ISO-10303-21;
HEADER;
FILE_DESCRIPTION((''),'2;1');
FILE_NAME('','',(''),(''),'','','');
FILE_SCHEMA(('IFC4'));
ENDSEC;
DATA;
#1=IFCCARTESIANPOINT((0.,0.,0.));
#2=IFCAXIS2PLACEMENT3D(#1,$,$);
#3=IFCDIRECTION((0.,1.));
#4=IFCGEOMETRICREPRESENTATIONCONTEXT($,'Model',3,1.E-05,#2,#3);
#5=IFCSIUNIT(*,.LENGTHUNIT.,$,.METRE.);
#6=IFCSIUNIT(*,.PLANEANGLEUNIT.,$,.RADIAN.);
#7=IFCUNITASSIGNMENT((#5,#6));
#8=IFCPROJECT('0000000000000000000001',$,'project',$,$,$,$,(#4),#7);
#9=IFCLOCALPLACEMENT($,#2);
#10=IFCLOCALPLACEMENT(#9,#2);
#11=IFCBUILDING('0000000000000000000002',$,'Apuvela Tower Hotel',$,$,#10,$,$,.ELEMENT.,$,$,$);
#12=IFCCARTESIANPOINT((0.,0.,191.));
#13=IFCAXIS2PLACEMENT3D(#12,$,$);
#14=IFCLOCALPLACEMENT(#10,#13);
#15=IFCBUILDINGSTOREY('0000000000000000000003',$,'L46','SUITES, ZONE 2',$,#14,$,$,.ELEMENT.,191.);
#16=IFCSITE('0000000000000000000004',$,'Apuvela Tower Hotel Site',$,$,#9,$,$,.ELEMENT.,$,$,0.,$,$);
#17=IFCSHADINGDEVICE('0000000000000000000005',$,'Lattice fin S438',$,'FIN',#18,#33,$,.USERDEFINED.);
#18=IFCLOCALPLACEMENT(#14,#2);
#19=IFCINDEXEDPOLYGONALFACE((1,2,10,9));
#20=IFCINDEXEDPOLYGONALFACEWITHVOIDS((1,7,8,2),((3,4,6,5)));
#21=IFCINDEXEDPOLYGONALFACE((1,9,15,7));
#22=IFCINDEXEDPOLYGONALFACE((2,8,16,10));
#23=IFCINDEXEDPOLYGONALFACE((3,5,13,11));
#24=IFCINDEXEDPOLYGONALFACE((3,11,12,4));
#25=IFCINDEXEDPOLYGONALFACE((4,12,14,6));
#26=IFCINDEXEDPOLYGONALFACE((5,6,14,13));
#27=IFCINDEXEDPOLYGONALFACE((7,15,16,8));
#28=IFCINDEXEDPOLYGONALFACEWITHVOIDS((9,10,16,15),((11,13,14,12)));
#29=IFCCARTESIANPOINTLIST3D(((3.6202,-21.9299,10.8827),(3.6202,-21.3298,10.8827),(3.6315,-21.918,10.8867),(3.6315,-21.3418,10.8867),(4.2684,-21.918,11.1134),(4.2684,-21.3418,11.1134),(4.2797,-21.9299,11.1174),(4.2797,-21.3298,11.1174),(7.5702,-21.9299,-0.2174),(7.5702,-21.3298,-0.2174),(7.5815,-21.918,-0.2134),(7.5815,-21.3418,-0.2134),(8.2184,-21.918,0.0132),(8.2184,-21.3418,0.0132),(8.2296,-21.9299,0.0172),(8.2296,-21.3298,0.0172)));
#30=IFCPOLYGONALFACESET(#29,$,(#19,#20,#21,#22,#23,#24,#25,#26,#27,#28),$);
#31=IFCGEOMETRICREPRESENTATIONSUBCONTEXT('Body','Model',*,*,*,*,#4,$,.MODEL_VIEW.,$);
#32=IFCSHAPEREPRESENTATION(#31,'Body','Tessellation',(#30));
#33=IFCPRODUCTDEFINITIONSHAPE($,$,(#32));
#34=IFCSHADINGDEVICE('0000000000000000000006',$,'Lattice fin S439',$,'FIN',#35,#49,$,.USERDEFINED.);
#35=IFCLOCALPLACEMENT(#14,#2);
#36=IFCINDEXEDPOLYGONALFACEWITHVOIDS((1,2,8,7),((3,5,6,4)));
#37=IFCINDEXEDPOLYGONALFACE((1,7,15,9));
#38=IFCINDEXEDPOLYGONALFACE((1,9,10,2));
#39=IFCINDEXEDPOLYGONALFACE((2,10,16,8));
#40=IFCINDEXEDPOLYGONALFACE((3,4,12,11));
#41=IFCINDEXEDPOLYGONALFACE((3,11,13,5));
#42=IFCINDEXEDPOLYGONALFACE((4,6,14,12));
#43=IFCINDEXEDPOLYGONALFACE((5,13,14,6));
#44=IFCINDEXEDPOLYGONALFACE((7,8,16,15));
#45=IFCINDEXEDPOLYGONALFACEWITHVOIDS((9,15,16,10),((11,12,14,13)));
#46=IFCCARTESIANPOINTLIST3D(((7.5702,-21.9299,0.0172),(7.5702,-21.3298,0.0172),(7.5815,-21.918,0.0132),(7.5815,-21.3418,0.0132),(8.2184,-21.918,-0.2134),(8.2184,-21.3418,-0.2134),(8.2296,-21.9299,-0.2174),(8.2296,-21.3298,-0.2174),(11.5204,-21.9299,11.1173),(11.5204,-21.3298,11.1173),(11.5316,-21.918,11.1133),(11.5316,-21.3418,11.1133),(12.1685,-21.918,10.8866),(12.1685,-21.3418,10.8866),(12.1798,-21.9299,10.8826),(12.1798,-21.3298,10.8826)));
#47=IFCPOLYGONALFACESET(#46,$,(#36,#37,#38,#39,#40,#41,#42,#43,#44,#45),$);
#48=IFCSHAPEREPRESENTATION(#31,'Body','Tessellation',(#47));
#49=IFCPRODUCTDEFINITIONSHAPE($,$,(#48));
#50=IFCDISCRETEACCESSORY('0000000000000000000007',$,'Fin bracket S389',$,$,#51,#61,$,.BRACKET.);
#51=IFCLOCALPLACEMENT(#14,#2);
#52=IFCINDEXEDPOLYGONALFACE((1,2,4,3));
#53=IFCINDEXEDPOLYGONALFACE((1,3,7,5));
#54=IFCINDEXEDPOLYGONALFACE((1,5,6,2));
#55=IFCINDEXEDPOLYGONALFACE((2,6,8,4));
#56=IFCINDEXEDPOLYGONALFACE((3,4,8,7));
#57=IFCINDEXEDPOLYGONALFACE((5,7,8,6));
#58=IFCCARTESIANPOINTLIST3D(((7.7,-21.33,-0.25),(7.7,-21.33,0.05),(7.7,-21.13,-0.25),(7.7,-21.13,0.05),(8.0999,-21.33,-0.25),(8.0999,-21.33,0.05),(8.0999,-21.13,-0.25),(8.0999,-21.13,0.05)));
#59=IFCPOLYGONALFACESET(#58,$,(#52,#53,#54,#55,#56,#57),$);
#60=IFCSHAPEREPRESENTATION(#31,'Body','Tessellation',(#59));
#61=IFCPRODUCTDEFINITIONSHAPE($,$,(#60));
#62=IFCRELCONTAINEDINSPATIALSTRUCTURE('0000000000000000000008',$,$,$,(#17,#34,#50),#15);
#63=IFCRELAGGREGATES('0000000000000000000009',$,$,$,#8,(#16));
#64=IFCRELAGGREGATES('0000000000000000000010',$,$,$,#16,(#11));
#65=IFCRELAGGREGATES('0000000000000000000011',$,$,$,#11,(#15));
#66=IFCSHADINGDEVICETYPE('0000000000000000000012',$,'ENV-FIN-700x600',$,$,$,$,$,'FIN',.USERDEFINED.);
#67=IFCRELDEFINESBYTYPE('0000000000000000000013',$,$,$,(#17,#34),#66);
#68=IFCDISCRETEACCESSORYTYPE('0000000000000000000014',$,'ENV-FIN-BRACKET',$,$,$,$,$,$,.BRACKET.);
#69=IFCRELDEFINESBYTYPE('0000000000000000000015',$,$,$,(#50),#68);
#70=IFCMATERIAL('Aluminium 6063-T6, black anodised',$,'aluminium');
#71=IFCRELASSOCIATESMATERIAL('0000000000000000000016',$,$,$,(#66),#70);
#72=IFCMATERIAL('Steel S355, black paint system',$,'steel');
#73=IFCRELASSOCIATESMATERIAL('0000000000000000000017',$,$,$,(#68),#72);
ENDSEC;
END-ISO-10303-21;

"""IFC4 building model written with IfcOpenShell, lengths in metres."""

from ifc_helpers import new_model, si_unit, direction, frame, origin, origin_2d, place, context, subcontext, project, spatial, rectangle, hollow_rectangle, extrude, material, material_profile, profile_set, type_object, element, save


model = new_model("IFC4")

# Units and contexts
model_context = context("Model", 3, precision=1e-05, world=origin(), true_north=direction((0.0, 1.0)))
body_context = subcontext(model_context, "Body", "Model", "MODEL_VIEW")
ifc_project = project(units=[si_unit("LENGTHUNIT", "METRE"), si_unit("PLANEANGLEUNIT", "RADIAN")], contexts=[model_context])

# Site, building, storey
site_placement = place(None, origin())
site = spatial("IfcSite", under=ifc_project, at=site_placement, Name="Apuvela Tower Hotel Site", CompositionType="ELEMENT", RefElevation=0.0)
building_placement = place(site_placement, origin())
building = spatial("IfcBuilding", under=site, at=building_placement, Name="Apuvela Tower Hotel", CompositionType="ELEMENT")
storey_placement = place(building_placement, frame((0.0, 0.0, 191.0)))
storey = spatial("IfcBuildingStorey", under=building, at=storey_placement, Name="L46", Description="SUITES, ZONE 2", CompositionType="ELEMENT", Elevation=191.0)

# Shading devices
ifc_material_1 = material(Name="Aluminium 6063-T6, black anodised", Category="aluminium")
ifc_material_profile_1 = material_profile(ifc_material_1, hollow_rectangle(XDim=0.6001, YDim=0.7, WallThickness=0.012, at=origin_2d()), Name="AL BOX 700x600x12")
ifc_profile_set_1 = profile_set([ifc_material_profile_1], Name="Aluminium 6063-T6, black anodised")
shading_device_type = type_object("IfcShadingDeviceType", Name="ENV-FIN-700x600", ElementType="FIN", PredefinedType="USERDEFINED", material=ifc_profile_set_1)
for number, where, z_axis, x_axis, name in (
    (1, (7.8999, -21.6299, -0.1001), (-0.335255, 0.0, 0.942128), (0.0, -1.0, 0.0), "Lattice fin S438"),
    (2, (7.8999, -21.6299, -0.1001), (0.335273, 0.0, 0.942121), (0.0, 1.0, 0.0), "Lattice fin S439"),
):
    element("IfcShadingDevice", number, at=place(storey_placement, frame(where, z_axis=z_axis, x_axis=x_axis)), inside=storey, type_object=shading_device_type, Name=name, ObjectType="FIN", PredefinedType="USERDEFINED", context=body_context, shape_type="SweptSolid", body=[
        extrude(hollow_rectangle(XDim=0.6001, YDim=0.7, WallThickness=0.012, at=origin_2d()), origin(), (0.0, 0.0, 1.0), 11.782),
    ])

# Discrete accessory
ifc_material_2 = material(Name="Steel S355, black paint system", Category="steel")
discrete_accessory_type = type_object("IfcDiscreteAccessoryType", Name="ENV-FIN-BRACKET", PredefinedType="BRACKET", material=ifc_material_2)
discrete_accessory_placement = place(storey_placement, frame((7.8999, -21.23, -0.25), z_axis=(0.0, 0.0, 1.0), x_axis=(1.0, 0.0, 0.0)))
element("IfcDiscreteAccessory", 3, at=discrete_accessory_placement, inside=storey, type_object=discrete_accessory_type, Name="Fin bracket S389", PredefinedType="BRACKET", context=body_context, shape_type="SweptSolid", body=[
    extrude(rectangle(XDim=0.3999, YDim=0.2, at=origin_2d()), origin(), (0.0, 0.0, 1.0), 0.3),
])

save(model, "model.ifc")
